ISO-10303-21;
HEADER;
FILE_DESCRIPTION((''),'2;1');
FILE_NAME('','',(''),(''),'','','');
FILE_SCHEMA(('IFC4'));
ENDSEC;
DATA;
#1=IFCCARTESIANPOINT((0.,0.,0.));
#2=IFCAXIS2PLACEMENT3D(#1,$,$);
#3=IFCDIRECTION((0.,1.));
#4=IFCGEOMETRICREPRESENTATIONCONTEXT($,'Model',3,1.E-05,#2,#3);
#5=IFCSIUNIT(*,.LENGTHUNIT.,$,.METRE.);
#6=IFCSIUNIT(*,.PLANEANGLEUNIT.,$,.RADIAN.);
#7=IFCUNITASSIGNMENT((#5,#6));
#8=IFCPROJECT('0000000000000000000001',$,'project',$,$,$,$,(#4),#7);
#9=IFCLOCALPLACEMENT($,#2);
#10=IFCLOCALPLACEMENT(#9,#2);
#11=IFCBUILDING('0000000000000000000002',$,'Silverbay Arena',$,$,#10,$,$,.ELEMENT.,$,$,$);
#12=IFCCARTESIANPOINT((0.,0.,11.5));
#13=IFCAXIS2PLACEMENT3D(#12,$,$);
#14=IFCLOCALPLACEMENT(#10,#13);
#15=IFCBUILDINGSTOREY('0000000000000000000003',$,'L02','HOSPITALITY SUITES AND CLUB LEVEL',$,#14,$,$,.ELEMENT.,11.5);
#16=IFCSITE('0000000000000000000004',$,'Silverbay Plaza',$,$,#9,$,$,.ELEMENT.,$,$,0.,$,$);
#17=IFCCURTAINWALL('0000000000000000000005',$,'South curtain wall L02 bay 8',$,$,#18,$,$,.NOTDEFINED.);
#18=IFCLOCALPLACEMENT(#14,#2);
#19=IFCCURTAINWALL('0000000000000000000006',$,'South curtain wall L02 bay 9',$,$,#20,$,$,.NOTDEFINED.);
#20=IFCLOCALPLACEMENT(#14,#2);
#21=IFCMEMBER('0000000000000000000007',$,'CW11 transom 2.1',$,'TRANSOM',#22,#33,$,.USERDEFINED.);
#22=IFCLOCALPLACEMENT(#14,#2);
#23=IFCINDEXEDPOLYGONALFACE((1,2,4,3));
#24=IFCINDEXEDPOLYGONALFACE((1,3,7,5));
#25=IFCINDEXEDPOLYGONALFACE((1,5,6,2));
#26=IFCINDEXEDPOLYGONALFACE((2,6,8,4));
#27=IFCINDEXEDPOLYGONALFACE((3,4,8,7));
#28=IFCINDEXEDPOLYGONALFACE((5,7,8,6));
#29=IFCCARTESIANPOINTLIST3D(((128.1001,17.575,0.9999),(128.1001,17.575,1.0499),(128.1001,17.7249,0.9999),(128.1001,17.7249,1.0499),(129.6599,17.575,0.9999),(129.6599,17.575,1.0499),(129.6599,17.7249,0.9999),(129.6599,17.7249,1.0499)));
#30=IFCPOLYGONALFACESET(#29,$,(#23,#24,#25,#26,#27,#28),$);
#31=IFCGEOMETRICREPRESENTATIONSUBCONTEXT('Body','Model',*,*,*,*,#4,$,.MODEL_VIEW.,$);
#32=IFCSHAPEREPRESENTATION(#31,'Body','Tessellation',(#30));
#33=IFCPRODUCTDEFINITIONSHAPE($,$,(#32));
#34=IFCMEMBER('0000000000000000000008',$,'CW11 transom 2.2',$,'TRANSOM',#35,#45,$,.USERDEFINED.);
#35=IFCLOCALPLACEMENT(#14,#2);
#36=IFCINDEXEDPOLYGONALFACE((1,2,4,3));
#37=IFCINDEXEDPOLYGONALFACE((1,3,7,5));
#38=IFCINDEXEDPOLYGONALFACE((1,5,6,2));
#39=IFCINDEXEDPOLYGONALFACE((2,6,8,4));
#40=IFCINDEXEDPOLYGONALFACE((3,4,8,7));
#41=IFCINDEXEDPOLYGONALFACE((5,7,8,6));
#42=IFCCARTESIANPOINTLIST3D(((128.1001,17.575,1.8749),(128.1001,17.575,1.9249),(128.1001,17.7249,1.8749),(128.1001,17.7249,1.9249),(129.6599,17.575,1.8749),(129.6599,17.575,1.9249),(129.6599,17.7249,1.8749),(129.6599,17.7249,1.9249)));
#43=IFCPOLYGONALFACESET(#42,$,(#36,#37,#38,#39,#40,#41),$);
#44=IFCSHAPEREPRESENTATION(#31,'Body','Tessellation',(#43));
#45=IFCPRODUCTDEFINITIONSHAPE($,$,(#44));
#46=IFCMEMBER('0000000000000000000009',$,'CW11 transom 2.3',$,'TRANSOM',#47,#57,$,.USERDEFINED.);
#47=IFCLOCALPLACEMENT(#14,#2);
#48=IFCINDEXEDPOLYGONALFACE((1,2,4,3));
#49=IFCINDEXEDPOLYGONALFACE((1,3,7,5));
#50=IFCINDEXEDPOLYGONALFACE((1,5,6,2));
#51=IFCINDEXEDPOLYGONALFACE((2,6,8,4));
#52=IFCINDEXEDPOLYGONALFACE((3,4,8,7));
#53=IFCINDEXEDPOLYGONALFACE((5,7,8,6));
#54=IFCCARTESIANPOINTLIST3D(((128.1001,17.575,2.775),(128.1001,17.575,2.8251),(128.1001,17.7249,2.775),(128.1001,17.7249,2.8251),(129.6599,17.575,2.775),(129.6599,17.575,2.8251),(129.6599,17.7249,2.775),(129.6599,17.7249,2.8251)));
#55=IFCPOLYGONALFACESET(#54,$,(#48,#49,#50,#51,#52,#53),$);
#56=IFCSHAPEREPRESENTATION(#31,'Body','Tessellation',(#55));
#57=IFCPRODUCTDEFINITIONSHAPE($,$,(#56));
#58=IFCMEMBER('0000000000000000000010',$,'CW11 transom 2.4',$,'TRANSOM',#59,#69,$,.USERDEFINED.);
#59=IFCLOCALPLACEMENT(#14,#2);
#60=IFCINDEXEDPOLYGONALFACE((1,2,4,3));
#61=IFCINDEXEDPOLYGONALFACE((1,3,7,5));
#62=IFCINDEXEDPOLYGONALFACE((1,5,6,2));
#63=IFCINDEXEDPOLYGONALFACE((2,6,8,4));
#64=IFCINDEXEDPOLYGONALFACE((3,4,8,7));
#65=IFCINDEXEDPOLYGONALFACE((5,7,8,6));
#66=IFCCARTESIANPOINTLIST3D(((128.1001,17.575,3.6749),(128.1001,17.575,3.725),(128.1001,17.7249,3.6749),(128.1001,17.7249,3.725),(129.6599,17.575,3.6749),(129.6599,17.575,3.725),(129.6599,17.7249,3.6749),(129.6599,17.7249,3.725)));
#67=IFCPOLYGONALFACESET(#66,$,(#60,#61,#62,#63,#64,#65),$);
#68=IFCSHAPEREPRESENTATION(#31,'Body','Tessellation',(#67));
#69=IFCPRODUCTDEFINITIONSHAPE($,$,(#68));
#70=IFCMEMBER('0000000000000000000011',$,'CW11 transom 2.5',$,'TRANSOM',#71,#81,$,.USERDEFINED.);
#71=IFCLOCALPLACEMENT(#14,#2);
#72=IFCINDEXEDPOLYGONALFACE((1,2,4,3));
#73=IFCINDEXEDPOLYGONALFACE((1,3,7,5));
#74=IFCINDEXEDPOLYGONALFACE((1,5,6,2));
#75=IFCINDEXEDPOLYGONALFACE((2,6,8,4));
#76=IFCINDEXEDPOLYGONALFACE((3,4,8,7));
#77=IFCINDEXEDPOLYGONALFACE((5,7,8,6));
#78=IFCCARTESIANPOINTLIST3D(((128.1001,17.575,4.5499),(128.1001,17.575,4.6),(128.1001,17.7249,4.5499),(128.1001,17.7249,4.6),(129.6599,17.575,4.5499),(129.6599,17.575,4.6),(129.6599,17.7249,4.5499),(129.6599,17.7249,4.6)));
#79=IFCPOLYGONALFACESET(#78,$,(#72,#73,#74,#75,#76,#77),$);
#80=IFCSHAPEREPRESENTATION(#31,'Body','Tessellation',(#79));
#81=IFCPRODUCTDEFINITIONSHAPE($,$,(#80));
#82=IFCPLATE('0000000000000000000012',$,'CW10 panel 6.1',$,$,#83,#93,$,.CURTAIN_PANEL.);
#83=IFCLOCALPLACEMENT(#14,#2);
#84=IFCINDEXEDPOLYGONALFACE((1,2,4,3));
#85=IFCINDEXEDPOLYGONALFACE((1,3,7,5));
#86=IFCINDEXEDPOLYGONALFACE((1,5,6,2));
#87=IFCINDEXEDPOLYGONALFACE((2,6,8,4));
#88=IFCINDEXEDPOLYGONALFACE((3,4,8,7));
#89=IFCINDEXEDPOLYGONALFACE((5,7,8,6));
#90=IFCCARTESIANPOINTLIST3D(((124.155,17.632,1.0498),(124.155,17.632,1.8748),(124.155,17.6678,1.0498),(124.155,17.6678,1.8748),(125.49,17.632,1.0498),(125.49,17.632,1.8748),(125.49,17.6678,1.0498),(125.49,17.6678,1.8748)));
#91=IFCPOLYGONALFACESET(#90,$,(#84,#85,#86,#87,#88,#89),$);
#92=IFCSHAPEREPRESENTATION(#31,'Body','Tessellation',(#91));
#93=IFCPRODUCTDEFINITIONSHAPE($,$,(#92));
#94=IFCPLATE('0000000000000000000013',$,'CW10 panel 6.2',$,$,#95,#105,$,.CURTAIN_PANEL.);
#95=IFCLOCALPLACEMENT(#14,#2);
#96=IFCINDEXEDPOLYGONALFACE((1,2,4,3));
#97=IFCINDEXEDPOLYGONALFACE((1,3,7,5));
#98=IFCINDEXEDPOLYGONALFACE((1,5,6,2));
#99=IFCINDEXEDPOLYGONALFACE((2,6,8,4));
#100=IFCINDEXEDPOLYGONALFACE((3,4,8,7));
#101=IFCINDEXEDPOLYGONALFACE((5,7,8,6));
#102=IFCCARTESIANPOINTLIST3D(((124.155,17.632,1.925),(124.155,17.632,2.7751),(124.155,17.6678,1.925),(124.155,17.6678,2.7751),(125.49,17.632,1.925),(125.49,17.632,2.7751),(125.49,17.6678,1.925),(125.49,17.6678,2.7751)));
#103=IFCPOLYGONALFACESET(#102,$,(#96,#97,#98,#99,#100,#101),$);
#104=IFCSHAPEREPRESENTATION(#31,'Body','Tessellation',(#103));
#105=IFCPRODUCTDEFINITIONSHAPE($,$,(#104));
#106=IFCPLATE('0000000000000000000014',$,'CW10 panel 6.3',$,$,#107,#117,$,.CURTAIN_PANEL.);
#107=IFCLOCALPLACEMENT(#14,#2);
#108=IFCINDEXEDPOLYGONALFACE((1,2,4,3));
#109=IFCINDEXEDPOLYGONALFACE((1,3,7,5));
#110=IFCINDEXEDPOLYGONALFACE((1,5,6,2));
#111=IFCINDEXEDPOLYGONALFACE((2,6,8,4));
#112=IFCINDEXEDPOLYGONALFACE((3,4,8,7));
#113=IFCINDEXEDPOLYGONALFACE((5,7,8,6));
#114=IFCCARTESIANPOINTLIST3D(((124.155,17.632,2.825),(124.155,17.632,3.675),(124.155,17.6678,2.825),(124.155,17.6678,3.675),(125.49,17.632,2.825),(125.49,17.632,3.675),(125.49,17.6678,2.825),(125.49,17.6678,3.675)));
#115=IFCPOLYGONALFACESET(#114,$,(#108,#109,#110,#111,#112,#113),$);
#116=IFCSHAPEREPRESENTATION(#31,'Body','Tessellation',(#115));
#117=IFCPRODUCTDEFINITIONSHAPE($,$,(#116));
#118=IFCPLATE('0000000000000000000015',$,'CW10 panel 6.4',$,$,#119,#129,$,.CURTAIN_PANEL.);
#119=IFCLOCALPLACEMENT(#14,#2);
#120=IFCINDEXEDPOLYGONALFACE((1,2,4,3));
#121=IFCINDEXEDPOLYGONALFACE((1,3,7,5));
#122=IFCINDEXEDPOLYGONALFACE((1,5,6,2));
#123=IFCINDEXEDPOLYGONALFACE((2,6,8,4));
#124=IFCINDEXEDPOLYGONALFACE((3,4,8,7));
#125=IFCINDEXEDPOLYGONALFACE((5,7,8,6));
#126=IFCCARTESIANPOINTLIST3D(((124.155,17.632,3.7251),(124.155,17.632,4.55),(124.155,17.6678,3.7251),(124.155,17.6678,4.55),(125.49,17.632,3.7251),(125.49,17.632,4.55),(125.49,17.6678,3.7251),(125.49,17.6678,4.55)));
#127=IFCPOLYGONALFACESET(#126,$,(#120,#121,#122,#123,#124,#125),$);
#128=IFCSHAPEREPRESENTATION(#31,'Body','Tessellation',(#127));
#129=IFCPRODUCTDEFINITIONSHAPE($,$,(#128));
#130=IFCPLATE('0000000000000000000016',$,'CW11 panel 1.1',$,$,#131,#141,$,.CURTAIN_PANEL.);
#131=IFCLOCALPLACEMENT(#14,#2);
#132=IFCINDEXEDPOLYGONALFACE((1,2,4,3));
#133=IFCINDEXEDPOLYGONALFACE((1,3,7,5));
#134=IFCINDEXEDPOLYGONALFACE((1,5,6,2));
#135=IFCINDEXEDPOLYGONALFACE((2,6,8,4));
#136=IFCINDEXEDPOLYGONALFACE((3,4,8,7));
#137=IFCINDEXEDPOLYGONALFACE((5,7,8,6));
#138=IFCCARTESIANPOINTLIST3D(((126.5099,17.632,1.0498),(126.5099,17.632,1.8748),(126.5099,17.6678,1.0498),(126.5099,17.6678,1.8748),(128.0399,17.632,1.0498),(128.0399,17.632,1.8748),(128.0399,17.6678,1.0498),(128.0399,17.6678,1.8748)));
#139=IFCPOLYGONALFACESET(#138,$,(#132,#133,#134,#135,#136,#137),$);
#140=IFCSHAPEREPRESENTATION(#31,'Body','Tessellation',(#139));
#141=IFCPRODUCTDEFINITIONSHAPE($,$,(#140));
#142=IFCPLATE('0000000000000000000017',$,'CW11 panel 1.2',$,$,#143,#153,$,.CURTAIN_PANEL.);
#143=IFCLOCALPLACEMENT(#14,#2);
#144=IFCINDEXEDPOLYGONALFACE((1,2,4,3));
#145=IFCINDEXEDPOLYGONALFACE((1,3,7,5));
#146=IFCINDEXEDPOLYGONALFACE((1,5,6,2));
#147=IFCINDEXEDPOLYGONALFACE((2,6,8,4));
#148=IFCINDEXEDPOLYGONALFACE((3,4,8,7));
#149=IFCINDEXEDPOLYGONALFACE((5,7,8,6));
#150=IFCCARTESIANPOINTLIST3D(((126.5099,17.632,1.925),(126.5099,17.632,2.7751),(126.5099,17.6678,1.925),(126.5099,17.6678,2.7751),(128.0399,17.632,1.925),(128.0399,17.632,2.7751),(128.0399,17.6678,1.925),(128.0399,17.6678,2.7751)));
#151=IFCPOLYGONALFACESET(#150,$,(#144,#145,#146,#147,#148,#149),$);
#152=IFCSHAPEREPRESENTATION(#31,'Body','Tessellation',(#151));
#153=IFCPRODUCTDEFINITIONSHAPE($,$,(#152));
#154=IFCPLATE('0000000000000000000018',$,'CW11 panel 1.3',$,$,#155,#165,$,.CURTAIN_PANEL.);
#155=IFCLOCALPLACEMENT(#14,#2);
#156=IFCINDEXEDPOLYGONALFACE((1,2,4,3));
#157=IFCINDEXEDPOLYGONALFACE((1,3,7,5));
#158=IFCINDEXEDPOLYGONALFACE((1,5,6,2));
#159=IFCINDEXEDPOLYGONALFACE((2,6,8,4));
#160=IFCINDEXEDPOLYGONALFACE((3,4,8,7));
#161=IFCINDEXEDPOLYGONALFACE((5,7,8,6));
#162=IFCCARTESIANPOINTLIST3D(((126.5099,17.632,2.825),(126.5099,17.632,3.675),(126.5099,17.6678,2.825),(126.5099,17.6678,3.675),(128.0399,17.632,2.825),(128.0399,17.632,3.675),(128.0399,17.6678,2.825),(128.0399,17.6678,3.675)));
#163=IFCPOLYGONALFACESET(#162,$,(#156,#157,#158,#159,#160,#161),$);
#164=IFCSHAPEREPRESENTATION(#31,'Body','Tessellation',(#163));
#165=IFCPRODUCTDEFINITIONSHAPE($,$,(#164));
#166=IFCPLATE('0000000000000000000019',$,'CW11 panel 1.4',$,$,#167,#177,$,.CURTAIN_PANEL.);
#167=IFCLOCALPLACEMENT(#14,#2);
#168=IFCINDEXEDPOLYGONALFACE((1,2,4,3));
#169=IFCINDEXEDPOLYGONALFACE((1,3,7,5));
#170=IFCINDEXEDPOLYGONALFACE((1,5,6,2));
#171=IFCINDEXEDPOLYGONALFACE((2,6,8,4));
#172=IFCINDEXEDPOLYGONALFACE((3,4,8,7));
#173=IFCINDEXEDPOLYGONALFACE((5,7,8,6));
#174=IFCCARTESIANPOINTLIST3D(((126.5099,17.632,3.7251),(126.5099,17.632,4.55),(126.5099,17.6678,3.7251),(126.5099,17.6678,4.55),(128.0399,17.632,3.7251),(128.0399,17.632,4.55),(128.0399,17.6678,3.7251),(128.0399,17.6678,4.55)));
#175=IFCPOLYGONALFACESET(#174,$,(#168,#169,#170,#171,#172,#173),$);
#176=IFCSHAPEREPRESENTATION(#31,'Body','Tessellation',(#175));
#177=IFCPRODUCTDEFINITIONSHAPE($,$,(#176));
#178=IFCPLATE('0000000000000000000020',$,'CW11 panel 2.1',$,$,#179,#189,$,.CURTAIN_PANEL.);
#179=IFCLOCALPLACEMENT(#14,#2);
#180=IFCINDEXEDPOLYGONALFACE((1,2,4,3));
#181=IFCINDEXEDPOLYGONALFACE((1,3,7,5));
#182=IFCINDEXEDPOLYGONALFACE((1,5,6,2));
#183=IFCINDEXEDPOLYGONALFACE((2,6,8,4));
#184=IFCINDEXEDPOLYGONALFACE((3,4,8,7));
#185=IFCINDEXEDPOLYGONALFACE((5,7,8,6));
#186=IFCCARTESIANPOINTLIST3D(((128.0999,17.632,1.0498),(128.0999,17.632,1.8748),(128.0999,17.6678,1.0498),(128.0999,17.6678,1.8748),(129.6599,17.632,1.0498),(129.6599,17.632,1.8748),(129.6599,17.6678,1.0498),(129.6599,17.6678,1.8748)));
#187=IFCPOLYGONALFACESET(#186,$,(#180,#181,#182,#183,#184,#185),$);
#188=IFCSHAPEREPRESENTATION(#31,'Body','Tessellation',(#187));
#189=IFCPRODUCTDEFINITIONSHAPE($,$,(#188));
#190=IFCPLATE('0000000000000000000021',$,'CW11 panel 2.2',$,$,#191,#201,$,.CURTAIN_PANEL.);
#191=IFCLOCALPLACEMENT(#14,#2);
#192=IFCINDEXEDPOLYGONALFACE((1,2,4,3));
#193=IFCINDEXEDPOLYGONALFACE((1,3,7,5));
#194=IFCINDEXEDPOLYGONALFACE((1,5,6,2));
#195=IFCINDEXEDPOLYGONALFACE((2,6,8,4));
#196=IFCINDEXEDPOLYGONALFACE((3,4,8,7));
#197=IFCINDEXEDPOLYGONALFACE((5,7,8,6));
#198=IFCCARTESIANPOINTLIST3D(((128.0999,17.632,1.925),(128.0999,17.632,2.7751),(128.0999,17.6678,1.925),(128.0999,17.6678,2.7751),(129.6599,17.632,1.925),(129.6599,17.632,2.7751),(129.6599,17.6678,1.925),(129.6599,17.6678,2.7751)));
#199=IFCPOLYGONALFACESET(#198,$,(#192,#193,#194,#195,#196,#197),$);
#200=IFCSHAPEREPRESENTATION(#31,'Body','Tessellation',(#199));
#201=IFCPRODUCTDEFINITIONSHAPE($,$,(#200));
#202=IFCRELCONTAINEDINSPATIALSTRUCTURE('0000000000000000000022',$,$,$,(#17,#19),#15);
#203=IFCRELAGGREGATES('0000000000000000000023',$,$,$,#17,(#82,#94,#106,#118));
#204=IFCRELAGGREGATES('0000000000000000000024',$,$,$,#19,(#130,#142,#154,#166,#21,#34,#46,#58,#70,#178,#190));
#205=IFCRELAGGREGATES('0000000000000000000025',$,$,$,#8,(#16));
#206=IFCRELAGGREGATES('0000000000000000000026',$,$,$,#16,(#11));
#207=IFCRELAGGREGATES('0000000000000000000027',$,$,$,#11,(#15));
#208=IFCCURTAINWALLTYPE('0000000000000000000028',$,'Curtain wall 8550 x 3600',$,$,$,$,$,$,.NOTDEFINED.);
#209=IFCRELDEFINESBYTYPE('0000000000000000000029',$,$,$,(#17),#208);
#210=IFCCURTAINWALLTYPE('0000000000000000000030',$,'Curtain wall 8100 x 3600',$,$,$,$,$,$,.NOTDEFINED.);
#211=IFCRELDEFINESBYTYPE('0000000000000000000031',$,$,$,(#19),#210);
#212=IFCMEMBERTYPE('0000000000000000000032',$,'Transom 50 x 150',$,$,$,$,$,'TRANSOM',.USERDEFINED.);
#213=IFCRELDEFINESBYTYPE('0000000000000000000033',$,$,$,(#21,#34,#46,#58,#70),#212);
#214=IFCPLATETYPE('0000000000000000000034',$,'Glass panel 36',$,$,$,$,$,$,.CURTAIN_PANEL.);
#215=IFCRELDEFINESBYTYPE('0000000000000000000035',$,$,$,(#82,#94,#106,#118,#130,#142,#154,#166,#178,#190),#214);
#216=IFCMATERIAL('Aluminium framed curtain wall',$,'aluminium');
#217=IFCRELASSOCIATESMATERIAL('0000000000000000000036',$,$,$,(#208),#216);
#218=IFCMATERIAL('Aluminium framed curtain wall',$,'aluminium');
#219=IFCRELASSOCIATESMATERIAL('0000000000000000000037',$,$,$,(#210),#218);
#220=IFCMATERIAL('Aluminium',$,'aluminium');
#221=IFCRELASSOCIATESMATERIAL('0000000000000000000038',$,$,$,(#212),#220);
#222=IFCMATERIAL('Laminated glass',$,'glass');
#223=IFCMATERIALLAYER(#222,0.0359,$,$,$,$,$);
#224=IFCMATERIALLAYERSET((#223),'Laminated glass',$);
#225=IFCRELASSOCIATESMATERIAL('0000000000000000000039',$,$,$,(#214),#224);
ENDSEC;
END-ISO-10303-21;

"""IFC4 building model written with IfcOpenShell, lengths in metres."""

from ifc_helpers import new_model, si_unit, direction, frame, origin, origin_2d, place, context, subcontext, project, spatial, rectangle, extrude, material, layer, layer_set, material_profile, profile_set, type_object, element, aggregate, save


model = new_model("IFC4")

# Units and contexts
model_context = context("Model", 3, precision=1e-05, world=origin(), true_north=direction((0.0, 1.0)))
body_context = subcontext(model_context, "Body", "Model", "MODEL_VIEW")
ifc_project = project(units=[si_unit("LENGTHUNIT", "METRE"), si_unit("PLANEANGLEUNIT", "RADIAN")], contexts=[model_context])

# Site, building, storey
site_placement = place(None, origin())
site = spatial("IfcSite", under=ifc_project, at=site_placement, Name="Silverbay Plaza", CompositionType="ELEMENT", RefElevation=0.0)
building_placement = place(site_placement, origin())
building = spatial("IfcBuilding", under=site, at=building_placement, Name="Silverbay Arena", CompositionType="ELEMENT")
storey_placement = place(building_placement, frame((0.0, 0.0, 11.5)))
storey = spatial("IfcBuildingStorey", under=building, at=storey_placement, Name="L02", Description="HOSPITALITY SUITES AND CLUB LEVEL", CompositionType="ELEMENT", Elevation=11.5)

# Curtain wall
ifc_material_1 = material(Name="Aluminium framed curtain wall", Category="aluminium")
curtain_wall_type_1 = type_object("IfcCurtainWallType", Name="Curtain wall 8550 x 3600", PredefinedType="NOTDEFINED", material=ifc_material_1)
curtain_wall_1_placement = place(storey_placement, origin())
curtain_wall_1 = element("IfcCurtainWall", 1, at=curtain_wall_1_placement, inside=storey, type_object=curtain_wall_type_1, Name="South curtain wall L02 bay 8", PredefinedType="NOTDEFINED")

# Curtain wall
ifc_material_2 = material(Name="Aluminium framed curtain wall", Category="aluminium")
curtain_wall_type_2 = type_object("IfcCurtainWallType", Name="Curtain wall 8100 x 3600", PredefinedType="NOTDEFINED", material=ifc_material_2)
curtain_wall_2_placement = place(storey_placement, origin())
curtain_wall_2 = element("IfcCurtainWall", 2, at=curtain_wall_2_placement, inside=storey, type_object=curtain_wall_type_2, Name="South curtain wall L02 bay 9", PredefinedType="NOTDEFINED")

# Members
ifc_material_3 = material(Name="Aluminium", Category="aluminium")
ifc_material_profile_1 = material_profile(ifc_material_3, rectangle(XDim=0.1499, YDim=0.05, at=origin_2d()), Name="Transom 50 x 150")
ifc_profile_set_1 = profile_set([ifc_material_profile_1], Name="Aluminium")
member_type_1 = type_object("IfcMemberType", Name="Transom 50 x 150", ElementType="TRANSOM", PredefinedType="USERDEFINED", material=ifc_profile_set_1)
member_1_placement = place(storey_placement, frame((128.1001, 17.6499, 1.0249), z_axis=(1.0, 0.0, 0.0), x_axis=(0.0, 1.0, 0.0)))
member_1 = element("IfcMember", 3, at=member_1_placement, type_object=member_type_1, Name="CW11 transom 2.1", ObjectType="TRANSOM", PredefinedType="USERDEFINED", context=body_context, shape_type="SweptSolid", body=[
    extrude(rectangle(XDim=0.1499, YDim=0.05, at=origin_2d()), origin(), (0.0, 0.0, 1.0), 1.5598),
])
member_2_placement = place(storey_placement, frame((128.1001, 17.6499, 1.8999), z_axis=(1.0, 0.0, 0.0), x_axis=(0.0, 1.0, 0.0)))
member_2 = element("IfcMember", 4, at=member_2_placement, type_object=member_type_1, Name="CW11 transom 2.2", ObjectType="TRANSOM", PredefinedType="USERDEFINED", context=body_context, shape_type="SweptSolid", body=[
    extrude(rectangle(XDim=0.1499, YDim=0.05, at=origin_2d()), origin(), (0.0, 0.0, 1.0), 1.5598),
])
member_3_placement = place(storey_placement, frame((128.1001, 17.6499, 2.8), z_axis=(1.0, 0.0, 0.0), x_axis=(0.0, 1.0, 0.0)))
member_3 = element("IfcMember", 5, at=member_3_placement, type_object=member_type_1, Name="CW11 transom 2.3", ObjectType="TRANSOM", PredefinedType="USERDEFINED", context=body_context, shape_type="SweptSolid", body=[
    extrude(rectangle(XDim=0.1499, YDim=0.05, at=origin_2d()), origin(), (0.0, 0.0, 1.0), 1.5598),
])
member_4_placement = place(storey_placement, frame((128.1001, 17.6499, 3.7), z_axis=(1.0, 0.0, 0.0), x_axis=(0.0, 1.0, 0.0)))
member_4 = element("IfcMember", 6, at=member_4_placement, type_object=member_type_1, Name="CW11 transom 2.4", ObjectType="TRANSOM", PredefinedType="USERDEFINED", context=body_context, shape_type="SweptSolid", body=[
    extrude(rectangle(XDim=0.1499, YDim=0.05, at=origin_2d()), origin(), (0.0, 0.0, 1.0), 1.5598),
])
member_5_placement = place(storey_placement, frame((128.1001, 17.6499, 4.575), z_axis=(1.0, 0.0, 0.0), x_axis=(0.0, 1.0, 0.0)))
member_5 = element("IfcMember", 7, at=member_5_placement, type_object=member_type_1, Name="CW11 transom 2.5", ObjectType="TRANSOM", PredefinedType="USERDEFINED", context=body_context, shape_type="SweptSolid", body=[
    extrude(rectangle(XDim=0.1499, YDim=0.05, at=origin_2d()), origin(), (0.0, 0.0, 1.0), 1.5598),
])

# Plates
ifc_material_4 = material(Name="Laminated glass", Category="glass")
ifc_layer_1 = layer(ifc_material_4, 0.0359)
ifc_layer_set_1 = layer_set([ifc_layer_1], Name="Laminated glass")
plate_type = type_object("IfcPlateType", Name="Glass panel 36", PredefinedType="CURTAIN_PANEL", material=ifc_layer_set_1)
plate_1_placement = place(storey_placement, frame((124.8225, 17.6499, 1.0498), z_axis=(0.0, 0.0, 1.0), x_axis=(1.0, 0.0, 0.0)))
plate_1 = element("IfcPlate", 8, at=plate_1_placement, type_object=plate_type, Name="CW10 panel 6.1", PredefinedType="CURTAIN_PANEL", context=body_context, shape_type="SweptSolid", body=[
    extrude(rectangle(XDim=1.335, YDim=0.0359, at=origin_2d()), origin(), (0.0, 0.0, 1.0), 0.825),
])
plate_2_placement = place(storey_placement, frame((124.8225, 17.6499, 1.925), z_axis=(0.0, 0.0, 1.0), x_axis=(1.0, 0.0, 0.0)))
plate_2 = element("IfcPlate", 9, at=plate_2_placement, type_object=plate_type, Name="CW10 panel 6.2", PredefinedType="CURTAIN_PANEL", context=body_context, shape_type="SweptSolid", body=[
    extrude(rectangle(XDim=1.335, YDim=0.0359, at=origin_2d()), origin(), (0.0, 0.0, 1.0), 0.8501),
])
plate_3_placement = place(storey_placement, frame((124.8225, 17.6499, 2.825), z_axis=(0.0, 0.0, 1.0), x_axis=(1.0, 0.0, 0.0)))
plate_3 = element("IfcPlate", 10, at=plate_3_placement, type_object=plate_type, Name="CW10 panel 6.3", PredefinedType="CURTAIN_PANEL", context=body_context, shape_type="SweptSolid", body=[
    extrude(rectangle(XDim=1.335, YDim=0.0359, at=origin_2d()), origin(), (0.0, 0.0, 1.0), 0.8501),
])
plate_4_placement = place(storey_placement, frame((124.8225, 17.6499, 3.7251), z_axis=(0.0, 0.0, 1.0), x_axis=(1.0, 0.0, 0.0)))
plate_4 = element("IfcPlate", 11, at=plate_4_placement, type_object=plate_type, Name="CW10 panel 6.4", PredefinedType="CURTAIN_PANEL", context=body_context, shape_type="SweptSolid", body=[
    extrude(rectangle(XDim=1.335, YDim=0.0359, at=origin_2d()), origin(), (0.0, 0.0, 1.0), 0.825),
])
aggregate(curtain_wall_1, [plate_1, plate_2, plate_3, plate_4])
plate_5_placement = place(storey_placement, frame((127.2749, 17.6499, 1.0498), z_axis=(0.0, 0.0, 1.0), x_axis=(1.0, 0.0, 0.0)))
plate_5 = element("IfcPlate", 12, at=plate_5_placement, type_object=plate_type, Name="CW11 panel 1.1", PredefinedType="CURTAIN_PANEL", context=body_context, shape_type="SweptSolid", body=[
    extrude(rectangle(XDim=1.53, YDim=0.0359, at=origin_2d()), origin(), (0.0, 0.0, 1.0), 0.825),
])
plate_6_placement = place(storey_placement, frame((127.2749, 17.6499, 1.925), z_axis=(0.0, 0.0, 1.0), x_axis=(1.0, 0.0, 0.0)))
plate_6 = element("IfcPlate", 13, at=plate_6_placement, type_object=plate_type, Name="CW11 panel 1.2", PredefinedType="CURTAIN_PANEL", context=body_context, shape_type="SweptSolid", body=[
    extrude(rectangle(XDim=1.53, YDim=0.0359, at=origin_2d()), origin(), (0.0, 0.0, 1.0), 0.8501),
])
plate_7_placement = place(storey_placement, frame((127.2749, 17.6499, 2.825), z_axis=(0.0, 0.0, 1.0), x_axis=(1.0, 0.0, 0.0)))
plate_7 = element("IfcPlate", 14, at=plate_7_placement, type_object=plate_type, Name="CW11 panel 1.3", PredefinedType="CURTAIN_PANEL", context=body_context, shape_type="SweptSolid", body=[
    extrude(rectangle(XDim=1.53, YDim=0.0359, at=origin_2d()), origin(), (0.0, 0.0, 1.0), 0.8501),
])
plate_8_placement = place(storey_placement, frame((127.2749, 17.6499, 3.7251), z_axis=(0.0, 0.0, 1.0), x_axis=(1.0, 0.0, 0.0)))
plate_8 = element("IfcPlate", 15, at=plate_8_placement, type_object=plate_type, Name="CW11 panel 1.4", PredefinedType="CURTAIN_PANEL", context=body_context, shape_type="SweptSolid", body=[
    extrude(rectangle(XDim=1.53, YDim=0.0359, at=origin_2d()), origin(), (0.0, 0.0, 1.0), 0.825),
])
plate_9_placement = place(storey_placement, frame((128.8799, 17.6499, 1.0498), z_axis=(0.0, 0.0, 1.0), x_axis=(1.0, 0.0, 0.0)))
plate_9 = element("IfcPlate", 16, at=plate_9_placement, type_object=plate_type, Name="CW11 panel 2.1", PredefinedType="CURTAIN_PANEL", context=body_context, shape_type="SweptSolid", body=[
    extrude(rectangle(XDim=1.5601, YDim=0.0359, at=origin_2d()), origin(), (0.0, 0.0, 1.0), 0.825),
])
plate_10_placement = place(storey_placement, frame((128.8799, 17.6499, 1.925), z_axis=(0.0, 0.0, 1.0), x_axis=(1.0, 0.0, 0.0)))
plate_10 = element("IfcPlate", 17, at=plate_10_placement, type_object=plate_type, Name="CW11 panel 2.2", PredefinedType="CURTAIN_PANEL", context=body_context, shape_type="SweptSolid", body=[
    extrude(rectangle(XDim=1.5601, YDim=0.0359, at=origin_2d()), origin(), (0.0, 0.0, 1.0), 0.8501),
])
aggregate(curtain_wall_2, [plate_5, plate_6, plate_7, plate_8, member_1, member_2, member_3, member_4, member_5, plate_9, plate_10])

save(model, "model.ifc")
